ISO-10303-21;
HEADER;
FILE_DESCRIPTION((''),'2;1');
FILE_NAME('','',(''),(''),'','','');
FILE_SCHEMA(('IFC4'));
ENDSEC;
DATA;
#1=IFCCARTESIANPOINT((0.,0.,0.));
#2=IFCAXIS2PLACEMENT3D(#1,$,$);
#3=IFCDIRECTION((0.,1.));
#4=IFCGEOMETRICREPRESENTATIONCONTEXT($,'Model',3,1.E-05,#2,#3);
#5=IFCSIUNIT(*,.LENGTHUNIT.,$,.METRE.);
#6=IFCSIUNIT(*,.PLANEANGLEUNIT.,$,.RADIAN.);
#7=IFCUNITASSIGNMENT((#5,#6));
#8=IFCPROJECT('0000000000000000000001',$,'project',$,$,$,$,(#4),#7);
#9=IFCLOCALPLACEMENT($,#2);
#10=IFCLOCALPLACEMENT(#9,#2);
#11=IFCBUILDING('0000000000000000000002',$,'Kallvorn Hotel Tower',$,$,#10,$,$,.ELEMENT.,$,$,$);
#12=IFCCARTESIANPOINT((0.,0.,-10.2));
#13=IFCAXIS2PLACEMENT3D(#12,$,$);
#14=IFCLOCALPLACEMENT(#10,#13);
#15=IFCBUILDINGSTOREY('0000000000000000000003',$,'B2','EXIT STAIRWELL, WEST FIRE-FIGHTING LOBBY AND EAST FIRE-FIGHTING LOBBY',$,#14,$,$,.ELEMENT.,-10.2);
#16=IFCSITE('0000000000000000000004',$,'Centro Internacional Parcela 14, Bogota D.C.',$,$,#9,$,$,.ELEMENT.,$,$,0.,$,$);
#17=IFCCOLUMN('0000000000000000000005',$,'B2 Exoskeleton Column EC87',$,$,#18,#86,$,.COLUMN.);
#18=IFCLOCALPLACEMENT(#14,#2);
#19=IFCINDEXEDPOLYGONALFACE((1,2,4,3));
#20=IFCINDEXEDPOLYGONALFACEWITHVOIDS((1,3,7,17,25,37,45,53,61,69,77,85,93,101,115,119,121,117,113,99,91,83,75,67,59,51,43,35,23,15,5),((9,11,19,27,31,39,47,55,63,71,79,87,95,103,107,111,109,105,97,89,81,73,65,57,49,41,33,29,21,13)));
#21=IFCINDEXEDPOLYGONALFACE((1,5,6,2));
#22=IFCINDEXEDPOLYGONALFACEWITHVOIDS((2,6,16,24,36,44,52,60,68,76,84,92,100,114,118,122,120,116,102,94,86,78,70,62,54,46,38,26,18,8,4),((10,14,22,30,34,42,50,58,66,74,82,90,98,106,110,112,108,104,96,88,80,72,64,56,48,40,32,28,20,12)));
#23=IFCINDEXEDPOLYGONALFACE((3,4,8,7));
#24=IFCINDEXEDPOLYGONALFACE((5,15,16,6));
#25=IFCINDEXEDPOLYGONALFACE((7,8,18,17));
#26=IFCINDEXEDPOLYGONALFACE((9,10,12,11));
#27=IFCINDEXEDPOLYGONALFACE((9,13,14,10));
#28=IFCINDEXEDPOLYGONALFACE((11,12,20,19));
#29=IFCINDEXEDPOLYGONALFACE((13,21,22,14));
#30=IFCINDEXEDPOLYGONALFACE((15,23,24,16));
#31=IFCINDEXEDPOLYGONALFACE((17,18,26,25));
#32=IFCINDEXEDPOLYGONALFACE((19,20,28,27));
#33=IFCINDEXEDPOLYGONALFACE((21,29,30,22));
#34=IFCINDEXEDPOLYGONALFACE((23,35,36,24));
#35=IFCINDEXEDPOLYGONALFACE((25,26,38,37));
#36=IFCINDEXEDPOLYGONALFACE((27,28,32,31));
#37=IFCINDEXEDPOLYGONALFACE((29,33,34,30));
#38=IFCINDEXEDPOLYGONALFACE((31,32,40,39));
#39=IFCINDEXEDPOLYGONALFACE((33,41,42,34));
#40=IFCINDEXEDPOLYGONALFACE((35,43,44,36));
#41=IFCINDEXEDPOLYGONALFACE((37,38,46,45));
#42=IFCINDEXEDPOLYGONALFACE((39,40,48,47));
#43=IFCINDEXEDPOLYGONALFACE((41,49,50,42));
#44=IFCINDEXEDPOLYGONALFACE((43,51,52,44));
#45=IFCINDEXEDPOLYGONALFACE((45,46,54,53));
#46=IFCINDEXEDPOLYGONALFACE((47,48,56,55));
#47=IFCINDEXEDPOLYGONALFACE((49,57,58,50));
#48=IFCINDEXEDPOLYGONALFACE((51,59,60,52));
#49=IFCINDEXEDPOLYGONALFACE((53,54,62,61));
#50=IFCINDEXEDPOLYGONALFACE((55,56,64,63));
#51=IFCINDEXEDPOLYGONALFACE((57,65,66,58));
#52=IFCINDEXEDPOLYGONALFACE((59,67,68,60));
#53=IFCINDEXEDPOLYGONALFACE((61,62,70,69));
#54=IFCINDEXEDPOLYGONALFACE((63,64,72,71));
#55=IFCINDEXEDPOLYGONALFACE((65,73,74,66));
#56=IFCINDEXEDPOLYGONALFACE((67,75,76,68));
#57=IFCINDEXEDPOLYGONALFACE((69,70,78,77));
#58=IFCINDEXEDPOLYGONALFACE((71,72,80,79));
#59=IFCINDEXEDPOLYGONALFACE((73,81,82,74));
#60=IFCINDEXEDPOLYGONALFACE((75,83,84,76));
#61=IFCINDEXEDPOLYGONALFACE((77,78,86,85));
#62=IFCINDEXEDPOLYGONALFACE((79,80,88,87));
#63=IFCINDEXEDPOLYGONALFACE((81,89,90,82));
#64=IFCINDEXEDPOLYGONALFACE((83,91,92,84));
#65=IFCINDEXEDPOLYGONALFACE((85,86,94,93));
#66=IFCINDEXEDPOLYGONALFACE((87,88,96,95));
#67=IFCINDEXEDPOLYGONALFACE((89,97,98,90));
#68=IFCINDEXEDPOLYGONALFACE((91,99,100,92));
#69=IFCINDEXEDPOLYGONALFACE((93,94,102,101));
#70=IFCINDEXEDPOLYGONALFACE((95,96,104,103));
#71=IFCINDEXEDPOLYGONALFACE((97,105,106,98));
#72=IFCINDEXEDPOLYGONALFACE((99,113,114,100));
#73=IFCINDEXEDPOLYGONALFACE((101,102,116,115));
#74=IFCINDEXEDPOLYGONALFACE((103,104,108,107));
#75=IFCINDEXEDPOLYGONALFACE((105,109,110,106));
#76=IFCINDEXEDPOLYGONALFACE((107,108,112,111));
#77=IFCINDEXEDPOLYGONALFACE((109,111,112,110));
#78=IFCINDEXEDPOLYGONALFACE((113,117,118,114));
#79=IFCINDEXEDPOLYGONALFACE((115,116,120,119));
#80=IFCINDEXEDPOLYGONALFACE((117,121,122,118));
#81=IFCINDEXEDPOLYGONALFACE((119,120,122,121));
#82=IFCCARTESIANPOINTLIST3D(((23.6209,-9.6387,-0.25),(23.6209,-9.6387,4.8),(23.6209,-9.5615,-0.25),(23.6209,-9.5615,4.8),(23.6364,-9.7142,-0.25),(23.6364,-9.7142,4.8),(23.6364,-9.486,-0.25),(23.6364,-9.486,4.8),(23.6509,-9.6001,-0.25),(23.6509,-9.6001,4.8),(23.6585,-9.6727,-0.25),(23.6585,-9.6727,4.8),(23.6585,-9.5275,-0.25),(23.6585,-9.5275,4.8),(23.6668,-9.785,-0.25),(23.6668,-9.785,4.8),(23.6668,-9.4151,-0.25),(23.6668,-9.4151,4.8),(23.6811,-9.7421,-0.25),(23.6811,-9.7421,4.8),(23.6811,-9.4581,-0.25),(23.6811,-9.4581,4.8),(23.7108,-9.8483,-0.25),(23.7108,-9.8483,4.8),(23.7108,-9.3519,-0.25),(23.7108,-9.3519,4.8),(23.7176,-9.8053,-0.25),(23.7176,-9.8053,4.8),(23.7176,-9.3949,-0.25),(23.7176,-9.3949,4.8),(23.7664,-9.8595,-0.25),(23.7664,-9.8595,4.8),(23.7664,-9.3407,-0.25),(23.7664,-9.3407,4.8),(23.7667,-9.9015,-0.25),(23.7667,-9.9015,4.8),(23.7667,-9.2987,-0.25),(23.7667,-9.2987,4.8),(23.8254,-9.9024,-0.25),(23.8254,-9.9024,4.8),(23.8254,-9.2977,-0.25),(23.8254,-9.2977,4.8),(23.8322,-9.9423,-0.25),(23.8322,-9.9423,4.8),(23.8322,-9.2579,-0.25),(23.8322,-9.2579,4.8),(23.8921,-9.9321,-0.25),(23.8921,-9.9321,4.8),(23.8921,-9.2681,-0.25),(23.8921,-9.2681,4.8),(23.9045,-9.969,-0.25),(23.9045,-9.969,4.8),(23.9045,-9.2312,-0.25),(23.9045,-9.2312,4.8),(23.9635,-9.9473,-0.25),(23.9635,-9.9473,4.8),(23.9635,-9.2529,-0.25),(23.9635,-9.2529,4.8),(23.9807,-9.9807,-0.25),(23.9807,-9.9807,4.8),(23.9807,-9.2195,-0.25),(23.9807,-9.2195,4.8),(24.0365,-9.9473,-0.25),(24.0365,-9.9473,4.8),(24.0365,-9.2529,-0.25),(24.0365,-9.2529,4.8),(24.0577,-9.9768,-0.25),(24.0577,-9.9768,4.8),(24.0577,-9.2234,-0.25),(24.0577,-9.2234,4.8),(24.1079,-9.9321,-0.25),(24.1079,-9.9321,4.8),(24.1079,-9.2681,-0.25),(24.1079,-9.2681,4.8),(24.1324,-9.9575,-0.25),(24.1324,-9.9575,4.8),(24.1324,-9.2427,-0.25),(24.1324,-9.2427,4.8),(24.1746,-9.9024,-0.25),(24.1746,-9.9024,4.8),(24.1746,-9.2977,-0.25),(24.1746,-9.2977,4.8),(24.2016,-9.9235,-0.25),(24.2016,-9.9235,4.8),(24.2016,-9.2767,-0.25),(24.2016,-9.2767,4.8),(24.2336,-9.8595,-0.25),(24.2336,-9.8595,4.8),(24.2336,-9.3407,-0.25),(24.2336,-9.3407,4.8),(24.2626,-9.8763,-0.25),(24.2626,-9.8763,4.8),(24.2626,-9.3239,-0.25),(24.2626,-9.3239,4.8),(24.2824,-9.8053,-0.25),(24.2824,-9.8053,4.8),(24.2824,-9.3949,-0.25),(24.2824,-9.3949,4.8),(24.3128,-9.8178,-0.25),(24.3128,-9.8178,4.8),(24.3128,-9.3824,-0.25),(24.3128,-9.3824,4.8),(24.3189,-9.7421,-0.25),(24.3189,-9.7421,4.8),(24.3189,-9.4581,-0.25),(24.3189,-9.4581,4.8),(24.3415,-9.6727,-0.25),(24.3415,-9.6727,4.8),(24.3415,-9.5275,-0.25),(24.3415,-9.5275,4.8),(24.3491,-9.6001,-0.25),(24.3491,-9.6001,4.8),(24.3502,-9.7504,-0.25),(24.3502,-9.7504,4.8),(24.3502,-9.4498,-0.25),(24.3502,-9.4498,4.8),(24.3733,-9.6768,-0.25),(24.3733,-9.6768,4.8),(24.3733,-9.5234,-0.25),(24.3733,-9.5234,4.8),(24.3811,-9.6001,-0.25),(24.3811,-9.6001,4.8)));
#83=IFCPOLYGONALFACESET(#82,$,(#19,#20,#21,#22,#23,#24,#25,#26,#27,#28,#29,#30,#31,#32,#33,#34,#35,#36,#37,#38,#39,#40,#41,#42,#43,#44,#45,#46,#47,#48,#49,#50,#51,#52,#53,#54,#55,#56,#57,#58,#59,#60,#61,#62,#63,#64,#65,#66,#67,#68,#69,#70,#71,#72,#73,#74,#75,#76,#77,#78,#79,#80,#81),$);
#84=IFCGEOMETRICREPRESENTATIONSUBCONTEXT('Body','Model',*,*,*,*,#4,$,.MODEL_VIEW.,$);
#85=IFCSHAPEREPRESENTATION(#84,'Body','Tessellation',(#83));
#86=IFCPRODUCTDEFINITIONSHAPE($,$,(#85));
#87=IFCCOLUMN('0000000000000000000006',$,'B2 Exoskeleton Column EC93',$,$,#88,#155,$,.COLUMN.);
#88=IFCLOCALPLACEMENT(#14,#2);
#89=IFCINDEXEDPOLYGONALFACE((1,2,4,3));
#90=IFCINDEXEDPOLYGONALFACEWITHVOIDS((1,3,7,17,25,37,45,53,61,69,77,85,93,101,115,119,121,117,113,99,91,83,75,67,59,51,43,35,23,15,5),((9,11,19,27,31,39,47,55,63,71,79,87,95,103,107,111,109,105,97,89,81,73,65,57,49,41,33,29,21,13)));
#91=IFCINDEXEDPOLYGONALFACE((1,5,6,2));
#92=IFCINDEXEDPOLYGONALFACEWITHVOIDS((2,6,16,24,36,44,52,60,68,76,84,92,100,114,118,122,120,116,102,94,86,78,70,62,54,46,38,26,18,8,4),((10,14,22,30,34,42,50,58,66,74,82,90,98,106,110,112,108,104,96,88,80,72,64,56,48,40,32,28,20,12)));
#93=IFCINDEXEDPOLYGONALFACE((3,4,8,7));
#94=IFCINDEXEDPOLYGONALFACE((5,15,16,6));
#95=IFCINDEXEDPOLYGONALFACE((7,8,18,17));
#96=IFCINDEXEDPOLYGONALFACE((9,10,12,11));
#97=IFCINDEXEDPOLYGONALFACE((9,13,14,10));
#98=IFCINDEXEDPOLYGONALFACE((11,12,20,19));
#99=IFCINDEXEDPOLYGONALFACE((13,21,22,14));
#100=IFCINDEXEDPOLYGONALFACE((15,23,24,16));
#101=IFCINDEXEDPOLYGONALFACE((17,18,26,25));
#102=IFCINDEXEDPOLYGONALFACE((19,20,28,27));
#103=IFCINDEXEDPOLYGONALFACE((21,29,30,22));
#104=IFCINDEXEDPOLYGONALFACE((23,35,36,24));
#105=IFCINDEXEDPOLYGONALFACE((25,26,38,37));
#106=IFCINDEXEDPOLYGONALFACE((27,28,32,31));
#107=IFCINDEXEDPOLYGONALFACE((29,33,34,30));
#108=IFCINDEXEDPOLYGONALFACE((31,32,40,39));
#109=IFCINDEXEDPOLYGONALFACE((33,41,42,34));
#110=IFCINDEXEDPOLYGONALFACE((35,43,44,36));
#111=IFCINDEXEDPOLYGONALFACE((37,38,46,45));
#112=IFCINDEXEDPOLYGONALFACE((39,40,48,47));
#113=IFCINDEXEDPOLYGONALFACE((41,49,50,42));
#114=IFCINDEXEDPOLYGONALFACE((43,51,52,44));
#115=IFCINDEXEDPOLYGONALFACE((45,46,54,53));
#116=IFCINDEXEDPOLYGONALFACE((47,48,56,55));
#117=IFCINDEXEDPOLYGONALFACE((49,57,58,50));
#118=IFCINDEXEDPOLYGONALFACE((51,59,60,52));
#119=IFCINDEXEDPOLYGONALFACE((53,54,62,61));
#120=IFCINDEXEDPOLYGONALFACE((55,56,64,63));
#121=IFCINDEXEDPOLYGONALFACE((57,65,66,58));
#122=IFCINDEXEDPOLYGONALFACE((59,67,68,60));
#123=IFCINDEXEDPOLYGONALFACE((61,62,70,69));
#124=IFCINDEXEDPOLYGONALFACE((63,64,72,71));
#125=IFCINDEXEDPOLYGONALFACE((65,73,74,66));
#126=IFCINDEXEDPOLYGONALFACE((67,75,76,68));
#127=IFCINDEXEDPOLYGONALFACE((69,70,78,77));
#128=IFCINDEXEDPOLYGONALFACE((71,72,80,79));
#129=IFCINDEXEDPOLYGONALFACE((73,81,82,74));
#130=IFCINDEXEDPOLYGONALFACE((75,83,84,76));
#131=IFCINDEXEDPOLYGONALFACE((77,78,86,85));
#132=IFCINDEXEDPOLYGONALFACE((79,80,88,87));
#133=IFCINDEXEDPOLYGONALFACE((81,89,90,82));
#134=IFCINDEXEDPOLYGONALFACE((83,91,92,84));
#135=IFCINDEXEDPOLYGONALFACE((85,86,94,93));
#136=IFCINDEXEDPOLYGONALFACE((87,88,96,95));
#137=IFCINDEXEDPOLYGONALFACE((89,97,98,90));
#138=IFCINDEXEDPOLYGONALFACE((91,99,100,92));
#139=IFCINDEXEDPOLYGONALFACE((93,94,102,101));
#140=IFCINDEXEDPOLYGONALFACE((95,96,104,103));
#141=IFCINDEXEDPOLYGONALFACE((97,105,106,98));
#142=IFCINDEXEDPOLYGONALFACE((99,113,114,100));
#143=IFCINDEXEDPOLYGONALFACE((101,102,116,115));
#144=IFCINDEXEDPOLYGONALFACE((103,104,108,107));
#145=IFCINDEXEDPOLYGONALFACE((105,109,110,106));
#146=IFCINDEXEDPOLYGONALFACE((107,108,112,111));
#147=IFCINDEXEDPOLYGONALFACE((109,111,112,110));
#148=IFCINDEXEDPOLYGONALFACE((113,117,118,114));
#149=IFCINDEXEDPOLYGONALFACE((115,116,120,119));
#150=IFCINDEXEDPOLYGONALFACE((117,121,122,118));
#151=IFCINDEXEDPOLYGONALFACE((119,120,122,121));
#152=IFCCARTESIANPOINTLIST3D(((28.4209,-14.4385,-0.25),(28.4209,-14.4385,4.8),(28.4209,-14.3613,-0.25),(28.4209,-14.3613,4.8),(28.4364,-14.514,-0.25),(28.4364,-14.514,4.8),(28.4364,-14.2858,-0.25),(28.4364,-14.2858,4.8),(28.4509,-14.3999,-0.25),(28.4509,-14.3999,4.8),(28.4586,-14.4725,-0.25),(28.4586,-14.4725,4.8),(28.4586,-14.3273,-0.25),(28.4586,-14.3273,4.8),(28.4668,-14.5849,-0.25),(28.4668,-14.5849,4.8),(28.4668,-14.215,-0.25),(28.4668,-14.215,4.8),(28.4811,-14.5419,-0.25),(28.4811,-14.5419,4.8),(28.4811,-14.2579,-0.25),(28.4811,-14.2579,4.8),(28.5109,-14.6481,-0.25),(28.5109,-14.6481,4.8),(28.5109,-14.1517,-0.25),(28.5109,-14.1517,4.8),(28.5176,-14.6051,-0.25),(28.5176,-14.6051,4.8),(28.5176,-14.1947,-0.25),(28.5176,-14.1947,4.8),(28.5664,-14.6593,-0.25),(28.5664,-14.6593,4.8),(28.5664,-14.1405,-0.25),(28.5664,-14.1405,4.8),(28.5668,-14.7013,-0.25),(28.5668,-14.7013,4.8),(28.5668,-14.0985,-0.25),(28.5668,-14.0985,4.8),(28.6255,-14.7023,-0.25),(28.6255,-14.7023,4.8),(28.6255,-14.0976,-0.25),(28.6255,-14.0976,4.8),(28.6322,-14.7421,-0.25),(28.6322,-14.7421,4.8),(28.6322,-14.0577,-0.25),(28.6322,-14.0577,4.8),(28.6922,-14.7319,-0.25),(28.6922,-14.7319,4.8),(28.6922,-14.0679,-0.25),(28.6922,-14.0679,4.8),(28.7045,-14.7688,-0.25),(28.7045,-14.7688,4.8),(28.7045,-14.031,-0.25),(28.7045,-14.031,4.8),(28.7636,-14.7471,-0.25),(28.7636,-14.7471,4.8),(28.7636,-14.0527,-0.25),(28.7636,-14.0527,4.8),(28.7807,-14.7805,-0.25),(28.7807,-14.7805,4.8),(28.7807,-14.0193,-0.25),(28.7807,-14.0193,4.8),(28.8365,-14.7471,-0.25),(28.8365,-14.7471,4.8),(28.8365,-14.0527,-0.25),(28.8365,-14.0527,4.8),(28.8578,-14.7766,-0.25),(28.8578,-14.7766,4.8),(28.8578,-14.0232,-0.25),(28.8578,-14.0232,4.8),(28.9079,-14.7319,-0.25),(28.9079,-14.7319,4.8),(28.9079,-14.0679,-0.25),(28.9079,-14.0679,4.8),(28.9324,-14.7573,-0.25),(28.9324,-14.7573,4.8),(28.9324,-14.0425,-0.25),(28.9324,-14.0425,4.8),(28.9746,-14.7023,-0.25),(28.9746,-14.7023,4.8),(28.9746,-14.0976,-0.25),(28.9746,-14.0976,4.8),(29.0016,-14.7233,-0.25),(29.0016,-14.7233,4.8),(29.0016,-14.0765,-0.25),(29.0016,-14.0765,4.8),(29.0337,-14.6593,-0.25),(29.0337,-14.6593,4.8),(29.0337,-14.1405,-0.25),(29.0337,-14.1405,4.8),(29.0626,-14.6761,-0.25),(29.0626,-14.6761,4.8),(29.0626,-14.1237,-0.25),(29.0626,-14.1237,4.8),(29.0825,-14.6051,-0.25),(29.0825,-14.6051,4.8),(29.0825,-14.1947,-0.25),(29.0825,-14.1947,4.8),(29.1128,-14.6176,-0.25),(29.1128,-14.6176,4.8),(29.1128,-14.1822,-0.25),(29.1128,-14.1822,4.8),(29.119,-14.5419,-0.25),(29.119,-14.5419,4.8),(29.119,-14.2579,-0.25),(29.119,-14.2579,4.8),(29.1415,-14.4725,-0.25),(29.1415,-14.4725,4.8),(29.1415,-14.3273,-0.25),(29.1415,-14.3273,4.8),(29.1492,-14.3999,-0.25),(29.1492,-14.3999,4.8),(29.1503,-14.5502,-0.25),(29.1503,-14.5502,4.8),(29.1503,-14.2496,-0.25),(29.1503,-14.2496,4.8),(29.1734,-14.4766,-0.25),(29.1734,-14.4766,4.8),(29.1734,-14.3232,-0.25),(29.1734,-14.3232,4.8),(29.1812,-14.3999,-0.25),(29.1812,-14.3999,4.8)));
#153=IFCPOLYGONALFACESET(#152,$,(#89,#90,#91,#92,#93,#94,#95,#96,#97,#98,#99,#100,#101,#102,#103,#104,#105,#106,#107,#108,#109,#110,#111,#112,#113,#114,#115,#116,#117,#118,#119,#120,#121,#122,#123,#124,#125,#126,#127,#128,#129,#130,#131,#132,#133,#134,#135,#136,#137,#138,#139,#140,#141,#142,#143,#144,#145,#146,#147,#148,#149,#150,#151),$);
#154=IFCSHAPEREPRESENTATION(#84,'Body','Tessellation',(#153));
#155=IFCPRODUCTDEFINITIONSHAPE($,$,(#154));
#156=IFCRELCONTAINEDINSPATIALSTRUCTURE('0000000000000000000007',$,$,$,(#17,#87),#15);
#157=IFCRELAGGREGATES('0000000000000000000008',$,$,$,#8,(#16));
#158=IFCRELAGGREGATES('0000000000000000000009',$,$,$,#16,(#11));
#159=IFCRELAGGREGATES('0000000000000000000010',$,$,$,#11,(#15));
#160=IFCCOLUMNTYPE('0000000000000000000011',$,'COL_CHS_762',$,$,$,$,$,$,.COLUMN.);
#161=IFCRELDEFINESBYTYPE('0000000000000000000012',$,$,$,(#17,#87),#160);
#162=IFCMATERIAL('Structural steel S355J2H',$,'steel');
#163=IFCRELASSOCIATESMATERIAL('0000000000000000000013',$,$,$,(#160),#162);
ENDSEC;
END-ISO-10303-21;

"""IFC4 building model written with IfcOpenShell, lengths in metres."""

from ifc_helpers import new_model, si_unit, direction, frame, origin, origin_2d, place, context, subcontext, project, spatial, hollow_circle, extrude, material, material_profile, profile_set, type_object, element, save


model = new_model("IFC4")

# Units and contexts
model_context = context("Model", 3, precision=1e-05, world=origin(), true_north=direction((0.0, 1.0)))
body_context = subcontext(model_context, "Body", "Model", "MODEL_VIEW")
ifc_project = project(units=[si_unit("LENGTHUNIT", "METRE"), si_unit("PLANEANGLEUNIT", "RADIAN")], contexts=[model_context])

# Site, building, storey
site_placement = place(None, origin())
site = spatial("IfcSite", under=ifc_project, at=site_placement, Name="Centro Internacional Parcela 14, Bogota D.C.", CompositionType="ELEMENT", RefElevation=0.0)
building_placement = place(site_placement, origin())
building = spatial("IfcBuilding", under=site, at=building_placement, Name="Kallvorn Hotel Tower", CompositionType="ELEMENT")
storey_placement = place(building_placement, frame((0.0, 0.0, -10.2)))
storey = spatial("IfcBuildingStorey", under=building, at=storey_placement, Name="B2", Description="EXIT STAIRWELL, WEST FIRE-FIGHTING LOBBY AND EAST FIRE-FIGHTING LOBBY", CompositionType="ELEMENT", Elevation=-10.2)

# Columns
ifc_material_1 = material(Name="Structural steel S355J2H", Category="steel")
ifc_material_profile_1 = material_profile(ifc_material_1, hollow_circle(Radius=0.3811, WallThickness=0.032, at=origin_2d()), Name="CHS 762x32")
ifc_profile_set_1 = profile_set([ifc_material_profile_1], Name="Structural steel S355J2H")
column_type_1 = type_object("IfcColumnType", Name="COL_CHS_762", PredefinedType="COLUMN", material=ifc_profile_set_1)
for number, where, z_axis, x_axis, name in (
    (1, (24.0, -9.6001, -0.25), (0.0, 0.0, 1.0), (1.0, 0.0, 0.0), "B2 Exoskeleton Column EC87"),
    (2, (28.8, -14.3999, -0.25), (0.0, 0.0, 1.0), (1.0, 0.0, 0.0), "B2 Exoskeleton Column EC93"),
):
    element("IfcColumn", number, at=place(storey_placement, frame(where, z_axis=z_axis, x_axis=x_axis)), inside=storey, type_object=column_type_1, Name=name, PredefinedType="COLUMN", context=body_context, shape_type="SweptSolid", body=[
        extrude(hollow_circle(Radius=0.3811, WallThickness=0.032, at=origin_2d()), origin(), (0.0, 0.0, 1.0), 5.05),
    ])

save(model, "model.ifc")
